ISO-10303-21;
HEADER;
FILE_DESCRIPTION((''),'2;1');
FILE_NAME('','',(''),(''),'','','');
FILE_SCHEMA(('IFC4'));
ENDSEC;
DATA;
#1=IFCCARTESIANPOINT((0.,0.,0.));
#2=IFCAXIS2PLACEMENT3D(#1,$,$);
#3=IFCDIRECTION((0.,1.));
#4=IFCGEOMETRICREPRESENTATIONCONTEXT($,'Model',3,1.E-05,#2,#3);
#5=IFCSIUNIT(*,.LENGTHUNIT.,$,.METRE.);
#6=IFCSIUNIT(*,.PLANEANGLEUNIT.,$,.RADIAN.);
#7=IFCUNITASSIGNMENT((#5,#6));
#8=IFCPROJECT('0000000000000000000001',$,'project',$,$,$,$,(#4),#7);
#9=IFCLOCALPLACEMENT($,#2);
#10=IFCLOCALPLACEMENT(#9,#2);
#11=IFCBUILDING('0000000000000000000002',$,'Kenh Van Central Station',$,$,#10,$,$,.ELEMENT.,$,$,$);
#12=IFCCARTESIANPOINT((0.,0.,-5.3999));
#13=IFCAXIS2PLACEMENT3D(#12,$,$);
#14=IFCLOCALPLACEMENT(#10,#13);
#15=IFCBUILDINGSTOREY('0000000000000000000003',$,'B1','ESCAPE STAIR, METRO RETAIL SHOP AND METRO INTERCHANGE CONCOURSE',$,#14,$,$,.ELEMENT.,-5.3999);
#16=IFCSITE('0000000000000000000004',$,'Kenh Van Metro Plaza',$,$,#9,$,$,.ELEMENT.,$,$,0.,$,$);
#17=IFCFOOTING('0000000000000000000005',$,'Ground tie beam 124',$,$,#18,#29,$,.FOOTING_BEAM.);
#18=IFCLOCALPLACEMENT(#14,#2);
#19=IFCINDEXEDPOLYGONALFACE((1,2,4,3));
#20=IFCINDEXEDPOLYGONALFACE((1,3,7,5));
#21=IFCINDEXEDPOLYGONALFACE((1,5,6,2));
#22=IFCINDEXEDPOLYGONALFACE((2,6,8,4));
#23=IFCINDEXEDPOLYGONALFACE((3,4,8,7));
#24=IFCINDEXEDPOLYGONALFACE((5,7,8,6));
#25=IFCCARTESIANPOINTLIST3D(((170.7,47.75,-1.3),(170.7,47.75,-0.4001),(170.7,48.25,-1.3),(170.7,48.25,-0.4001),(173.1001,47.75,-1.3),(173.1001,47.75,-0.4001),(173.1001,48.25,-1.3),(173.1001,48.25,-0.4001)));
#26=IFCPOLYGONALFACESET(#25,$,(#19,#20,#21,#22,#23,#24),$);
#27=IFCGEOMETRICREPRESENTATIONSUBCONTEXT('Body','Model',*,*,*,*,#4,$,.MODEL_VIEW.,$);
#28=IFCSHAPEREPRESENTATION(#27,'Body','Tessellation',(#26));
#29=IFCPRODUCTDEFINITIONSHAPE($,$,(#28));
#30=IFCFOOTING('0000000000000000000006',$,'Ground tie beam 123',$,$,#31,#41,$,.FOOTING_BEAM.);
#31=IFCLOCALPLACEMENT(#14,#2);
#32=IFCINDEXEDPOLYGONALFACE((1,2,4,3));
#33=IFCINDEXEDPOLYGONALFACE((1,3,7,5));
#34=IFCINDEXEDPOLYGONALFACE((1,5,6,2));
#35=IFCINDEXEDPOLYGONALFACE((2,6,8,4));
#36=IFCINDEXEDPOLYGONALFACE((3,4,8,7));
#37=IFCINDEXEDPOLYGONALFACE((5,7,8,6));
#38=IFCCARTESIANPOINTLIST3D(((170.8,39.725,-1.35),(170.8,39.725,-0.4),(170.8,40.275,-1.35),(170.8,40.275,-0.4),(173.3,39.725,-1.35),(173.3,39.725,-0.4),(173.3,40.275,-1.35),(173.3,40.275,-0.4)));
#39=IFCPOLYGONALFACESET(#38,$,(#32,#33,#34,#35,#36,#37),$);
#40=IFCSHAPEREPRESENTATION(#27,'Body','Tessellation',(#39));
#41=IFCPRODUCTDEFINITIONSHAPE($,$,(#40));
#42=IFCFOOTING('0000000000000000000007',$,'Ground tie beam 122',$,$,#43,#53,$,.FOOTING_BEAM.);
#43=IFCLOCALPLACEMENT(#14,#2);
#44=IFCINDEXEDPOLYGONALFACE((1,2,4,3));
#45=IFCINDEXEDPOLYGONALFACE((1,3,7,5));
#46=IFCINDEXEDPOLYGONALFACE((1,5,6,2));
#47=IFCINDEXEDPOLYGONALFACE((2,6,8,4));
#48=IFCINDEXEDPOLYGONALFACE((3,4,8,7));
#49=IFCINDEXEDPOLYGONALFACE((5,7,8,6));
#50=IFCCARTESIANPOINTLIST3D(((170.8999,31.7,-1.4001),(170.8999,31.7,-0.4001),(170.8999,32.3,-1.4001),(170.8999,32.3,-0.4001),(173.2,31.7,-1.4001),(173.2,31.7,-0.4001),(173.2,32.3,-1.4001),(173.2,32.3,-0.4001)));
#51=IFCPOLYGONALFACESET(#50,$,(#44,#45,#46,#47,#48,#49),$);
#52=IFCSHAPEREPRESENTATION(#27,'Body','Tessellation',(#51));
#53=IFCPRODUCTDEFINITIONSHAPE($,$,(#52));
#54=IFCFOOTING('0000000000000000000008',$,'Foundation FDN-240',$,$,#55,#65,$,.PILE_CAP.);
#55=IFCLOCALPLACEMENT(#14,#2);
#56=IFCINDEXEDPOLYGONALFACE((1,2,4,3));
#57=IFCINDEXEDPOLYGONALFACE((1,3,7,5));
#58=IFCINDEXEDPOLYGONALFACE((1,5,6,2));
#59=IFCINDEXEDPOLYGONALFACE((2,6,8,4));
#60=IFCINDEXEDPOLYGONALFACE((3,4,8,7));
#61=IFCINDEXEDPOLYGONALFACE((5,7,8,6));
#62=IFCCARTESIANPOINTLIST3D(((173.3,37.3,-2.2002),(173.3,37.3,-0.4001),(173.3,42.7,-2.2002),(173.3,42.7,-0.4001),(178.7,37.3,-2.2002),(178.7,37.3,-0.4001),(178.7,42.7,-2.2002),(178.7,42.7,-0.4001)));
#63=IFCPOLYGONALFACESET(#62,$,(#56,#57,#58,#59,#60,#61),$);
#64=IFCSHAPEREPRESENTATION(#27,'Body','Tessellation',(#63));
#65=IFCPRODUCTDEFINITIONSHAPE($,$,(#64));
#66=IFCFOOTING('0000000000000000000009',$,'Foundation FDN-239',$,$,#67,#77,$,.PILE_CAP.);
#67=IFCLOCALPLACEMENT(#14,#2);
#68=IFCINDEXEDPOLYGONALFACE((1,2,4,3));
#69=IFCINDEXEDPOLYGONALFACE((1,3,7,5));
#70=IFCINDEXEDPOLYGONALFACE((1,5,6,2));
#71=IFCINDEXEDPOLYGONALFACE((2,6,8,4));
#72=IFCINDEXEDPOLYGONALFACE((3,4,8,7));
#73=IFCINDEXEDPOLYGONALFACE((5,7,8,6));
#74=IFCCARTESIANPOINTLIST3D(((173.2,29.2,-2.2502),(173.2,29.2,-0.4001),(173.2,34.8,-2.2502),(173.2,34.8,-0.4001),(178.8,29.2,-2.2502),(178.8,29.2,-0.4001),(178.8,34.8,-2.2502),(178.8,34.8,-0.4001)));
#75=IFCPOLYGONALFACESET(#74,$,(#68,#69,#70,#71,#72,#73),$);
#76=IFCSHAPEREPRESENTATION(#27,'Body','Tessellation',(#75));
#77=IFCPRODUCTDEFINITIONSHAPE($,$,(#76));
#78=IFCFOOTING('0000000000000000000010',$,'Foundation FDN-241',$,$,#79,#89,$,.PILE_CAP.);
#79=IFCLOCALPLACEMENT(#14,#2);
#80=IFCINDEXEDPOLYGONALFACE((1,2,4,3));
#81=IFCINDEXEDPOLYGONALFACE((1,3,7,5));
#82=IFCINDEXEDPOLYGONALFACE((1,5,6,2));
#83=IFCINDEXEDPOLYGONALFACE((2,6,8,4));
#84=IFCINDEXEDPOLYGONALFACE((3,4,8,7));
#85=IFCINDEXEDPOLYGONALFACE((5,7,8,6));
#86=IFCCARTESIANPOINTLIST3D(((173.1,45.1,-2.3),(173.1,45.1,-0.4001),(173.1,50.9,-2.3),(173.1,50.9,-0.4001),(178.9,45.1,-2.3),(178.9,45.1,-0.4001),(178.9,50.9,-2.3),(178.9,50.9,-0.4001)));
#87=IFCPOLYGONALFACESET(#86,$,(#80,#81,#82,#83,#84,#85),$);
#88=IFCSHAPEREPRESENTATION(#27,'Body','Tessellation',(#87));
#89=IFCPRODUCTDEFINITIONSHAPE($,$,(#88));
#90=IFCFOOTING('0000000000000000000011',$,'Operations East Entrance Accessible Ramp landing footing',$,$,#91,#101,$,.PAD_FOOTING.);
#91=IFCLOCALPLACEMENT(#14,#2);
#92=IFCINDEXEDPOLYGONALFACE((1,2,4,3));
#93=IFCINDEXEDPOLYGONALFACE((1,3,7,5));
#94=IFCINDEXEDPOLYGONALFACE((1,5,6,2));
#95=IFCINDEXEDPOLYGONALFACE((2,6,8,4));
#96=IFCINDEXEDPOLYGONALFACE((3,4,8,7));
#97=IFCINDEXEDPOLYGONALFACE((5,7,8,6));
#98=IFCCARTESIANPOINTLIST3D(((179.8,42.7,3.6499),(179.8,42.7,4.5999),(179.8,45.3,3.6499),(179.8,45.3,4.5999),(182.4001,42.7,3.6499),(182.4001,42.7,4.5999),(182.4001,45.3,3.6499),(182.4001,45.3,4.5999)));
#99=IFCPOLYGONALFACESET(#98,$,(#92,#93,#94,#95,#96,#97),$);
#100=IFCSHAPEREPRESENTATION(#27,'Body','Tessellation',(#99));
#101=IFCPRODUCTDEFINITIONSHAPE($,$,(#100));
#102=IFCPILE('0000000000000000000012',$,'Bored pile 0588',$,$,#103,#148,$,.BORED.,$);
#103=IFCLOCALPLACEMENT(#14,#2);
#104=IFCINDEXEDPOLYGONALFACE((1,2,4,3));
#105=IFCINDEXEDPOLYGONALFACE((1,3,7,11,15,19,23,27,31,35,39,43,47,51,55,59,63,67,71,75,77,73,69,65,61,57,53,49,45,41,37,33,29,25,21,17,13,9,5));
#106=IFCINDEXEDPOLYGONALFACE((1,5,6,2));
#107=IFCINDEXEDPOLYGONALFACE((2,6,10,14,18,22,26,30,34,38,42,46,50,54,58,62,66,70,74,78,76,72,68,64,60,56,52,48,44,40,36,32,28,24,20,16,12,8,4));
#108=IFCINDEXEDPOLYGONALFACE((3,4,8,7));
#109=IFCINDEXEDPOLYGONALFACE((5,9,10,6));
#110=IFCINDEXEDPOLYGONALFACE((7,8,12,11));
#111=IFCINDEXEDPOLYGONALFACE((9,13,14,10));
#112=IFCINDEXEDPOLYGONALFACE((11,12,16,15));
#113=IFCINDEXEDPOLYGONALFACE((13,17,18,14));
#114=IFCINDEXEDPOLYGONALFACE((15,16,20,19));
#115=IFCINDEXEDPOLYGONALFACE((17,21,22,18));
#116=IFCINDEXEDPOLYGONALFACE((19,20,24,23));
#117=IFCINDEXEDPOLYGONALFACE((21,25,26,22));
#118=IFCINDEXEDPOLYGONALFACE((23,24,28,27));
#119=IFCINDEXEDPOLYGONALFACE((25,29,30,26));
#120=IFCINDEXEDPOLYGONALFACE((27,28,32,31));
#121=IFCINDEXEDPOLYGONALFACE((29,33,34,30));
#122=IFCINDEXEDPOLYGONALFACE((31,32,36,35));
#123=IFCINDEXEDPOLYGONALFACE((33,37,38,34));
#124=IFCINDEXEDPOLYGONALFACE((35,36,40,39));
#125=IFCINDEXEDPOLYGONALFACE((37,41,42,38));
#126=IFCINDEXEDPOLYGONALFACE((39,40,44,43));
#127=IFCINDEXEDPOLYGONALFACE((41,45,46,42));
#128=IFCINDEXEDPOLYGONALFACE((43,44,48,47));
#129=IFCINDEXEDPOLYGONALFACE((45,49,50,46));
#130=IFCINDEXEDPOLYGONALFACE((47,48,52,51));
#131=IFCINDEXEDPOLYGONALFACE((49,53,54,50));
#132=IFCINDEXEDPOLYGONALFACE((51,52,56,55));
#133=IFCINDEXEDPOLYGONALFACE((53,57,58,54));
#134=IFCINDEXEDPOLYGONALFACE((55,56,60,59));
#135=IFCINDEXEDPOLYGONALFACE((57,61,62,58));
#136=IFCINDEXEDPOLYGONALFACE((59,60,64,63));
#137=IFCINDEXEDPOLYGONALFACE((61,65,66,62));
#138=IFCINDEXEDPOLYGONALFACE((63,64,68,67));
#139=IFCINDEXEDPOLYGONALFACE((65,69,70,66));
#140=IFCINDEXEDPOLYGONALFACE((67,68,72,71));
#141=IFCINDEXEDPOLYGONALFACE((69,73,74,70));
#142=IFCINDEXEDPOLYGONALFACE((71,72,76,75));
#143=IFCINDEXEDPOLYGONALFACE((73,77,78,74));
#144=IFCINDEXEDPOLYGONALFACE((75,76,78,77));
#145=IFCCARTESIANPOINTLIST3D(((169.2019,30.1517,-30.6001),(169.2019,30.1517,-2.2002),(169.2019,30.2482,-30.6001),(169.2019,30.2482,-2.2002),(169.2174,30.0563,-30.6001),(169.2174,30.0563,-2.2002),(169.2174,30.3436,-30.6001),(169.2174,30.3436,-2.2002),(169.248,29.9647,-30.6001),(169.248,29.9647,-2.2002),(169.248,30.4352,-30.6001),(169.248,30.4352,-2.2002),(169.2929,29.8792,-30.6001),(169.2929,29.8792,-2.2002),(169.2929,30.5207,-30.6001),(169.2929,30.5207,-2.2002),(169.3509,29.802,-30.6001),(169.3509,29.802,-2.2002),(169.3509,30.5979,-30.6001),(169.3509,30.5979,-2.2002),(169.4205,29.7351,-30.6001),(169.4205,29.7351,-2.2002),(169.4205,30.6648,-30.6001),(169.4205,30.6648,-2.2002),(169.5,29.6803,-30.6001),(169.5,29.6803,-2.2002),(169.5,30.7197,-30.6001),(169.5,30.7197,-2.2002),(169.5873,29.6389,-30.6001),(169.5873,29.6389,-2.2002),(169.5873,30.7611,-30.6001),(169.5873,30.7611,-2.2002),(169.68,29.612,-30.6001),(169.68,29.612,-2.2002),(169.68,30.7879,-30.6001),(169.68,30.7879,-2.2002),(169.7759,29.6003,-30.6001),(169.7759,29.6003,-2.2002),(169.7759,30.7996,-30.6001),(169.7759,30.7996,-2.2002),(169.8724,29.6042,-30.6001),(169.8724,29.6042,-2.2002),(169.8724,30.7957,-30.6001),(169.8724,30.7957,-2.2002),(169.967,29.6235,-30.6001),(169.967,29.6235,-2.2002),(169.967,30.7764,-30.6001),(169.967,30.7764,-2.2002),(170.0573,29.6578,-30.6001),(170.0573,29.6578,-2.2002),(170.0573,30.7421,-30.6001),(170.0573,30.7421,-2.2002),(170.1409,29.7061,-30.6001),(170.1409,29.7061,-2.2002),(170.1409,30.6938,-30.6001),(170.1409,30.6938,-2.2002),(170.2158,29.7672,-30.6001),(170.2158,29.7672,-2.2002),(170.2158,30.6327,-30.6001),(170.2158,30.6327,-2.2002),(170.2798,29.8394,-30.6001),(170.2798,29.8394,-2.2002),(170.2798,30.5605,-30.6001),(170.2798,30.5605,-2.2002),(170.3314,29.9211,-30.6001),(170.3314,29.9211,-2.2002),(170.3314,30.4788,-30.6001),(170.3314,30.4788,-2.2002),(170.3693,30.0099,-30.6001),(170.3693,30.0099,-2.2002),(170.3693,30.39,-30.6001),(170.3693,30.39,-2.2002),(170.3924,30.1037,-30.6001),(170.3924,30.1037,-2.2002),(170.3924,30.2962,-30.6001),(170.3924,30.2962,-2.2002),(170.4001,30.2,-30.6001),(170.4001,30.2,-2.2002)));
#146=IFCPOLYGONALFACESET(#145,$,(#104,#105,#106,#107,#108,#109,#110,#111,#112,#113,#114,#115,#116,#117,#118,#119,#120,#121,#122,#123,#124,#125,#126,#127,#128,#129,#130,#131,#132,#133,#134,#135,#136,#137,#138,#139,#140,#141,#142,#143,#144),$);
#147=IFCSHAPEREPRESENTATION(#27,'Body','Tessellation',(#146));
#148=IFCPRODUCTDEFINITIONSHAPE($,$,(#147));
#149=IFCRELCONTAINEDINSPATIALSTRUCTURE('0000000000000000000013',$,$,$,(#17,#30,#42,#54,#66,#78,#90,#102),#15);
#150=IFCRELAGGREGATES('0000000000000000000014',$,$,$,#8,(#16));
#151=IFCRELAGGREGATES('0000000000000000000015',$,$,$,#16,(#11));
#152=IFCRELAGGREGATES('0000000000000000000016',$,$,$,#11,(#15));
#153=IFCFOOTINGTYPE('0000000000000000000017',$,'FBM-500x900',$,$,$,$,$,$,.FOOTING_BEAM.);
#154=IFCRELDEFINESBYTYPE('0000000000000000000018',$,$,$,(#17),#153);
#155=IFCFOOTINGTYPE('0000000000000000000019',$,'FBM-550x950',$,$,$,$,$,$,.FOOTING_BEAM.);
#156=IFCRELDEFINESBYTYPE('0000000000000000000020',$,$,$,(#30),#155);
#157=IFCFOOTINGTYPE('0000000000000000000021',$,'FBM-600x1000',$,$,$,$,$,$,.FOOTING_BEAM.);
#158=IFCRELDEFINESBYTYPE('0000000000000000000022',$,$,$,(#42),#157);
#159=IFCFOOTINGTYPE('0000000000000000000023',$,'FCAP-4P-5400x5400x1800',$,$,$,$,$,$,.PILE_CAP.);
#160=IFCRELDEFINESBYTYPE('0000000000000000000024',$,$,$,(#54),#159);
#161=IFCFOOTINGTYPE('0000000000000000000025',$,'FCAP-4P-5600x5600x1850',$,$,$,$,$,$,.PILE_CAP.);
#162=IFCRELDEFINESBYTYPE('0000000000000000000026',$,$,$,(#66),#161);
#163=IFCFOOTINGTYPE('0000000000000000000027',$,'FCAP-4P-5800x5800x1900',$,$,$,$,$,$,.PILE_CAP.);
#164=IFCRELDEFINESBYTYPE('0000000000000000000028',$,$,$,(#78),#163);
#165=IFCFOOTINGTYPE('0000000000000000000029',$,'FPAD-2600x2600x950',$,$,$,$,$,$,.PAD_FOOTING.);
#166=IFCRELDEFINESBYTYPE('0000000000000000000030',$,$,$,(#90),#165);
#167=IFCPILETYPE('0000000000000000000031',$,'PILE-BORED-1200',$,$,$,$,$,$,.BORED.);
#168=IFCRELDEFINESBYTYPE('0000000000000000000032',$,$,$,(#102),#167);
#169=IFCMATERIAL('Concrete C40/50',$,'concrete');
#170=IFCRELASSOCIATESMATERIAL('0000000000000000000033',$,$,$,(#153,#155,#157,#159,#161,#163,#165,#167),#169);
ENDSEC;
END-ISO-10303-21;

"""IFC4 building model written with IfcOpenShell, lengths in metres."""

from ifc_helpers import new_model, si_unit, direction, frame, origin, origin_2d, place, context, subcontext, project, spatial, rectangle, circle, extrude, material, material_profile, profile_set, type_object, element, save


model = new_model("IFC4")

# Units and contexts
model_context = context("Model", 3, precision=1e-05, world=origin(), true_north=direction((0.0, 1.0)))
body_context = subcontext(model_context, "Body", "Model", "MODEL_VIEW")
ifc_project = project(units=[si_unit("LENGTHUNIT", "METRE"), si_unit("PLANEANGLEUNIT", "RADIAN")], contexts=[model_context])

# Site, building, storey
site_placement = place(None, origin())
site = spatial("IfcSite", under=ifc_project, at=site_placement, Name="Kenh Van Metro Plaza", CompositionType="ELEMENT", RefElevation=0.0)
building_placement = place(site_placement, origin())
building = spatial("IfcBuilding", under=site, at=building_placement, Name="Kenh Van Central Station", CompositionType="ELEMENT")
storey_placement = place(building_placement, frame((0.0, 0.0, -5.3999)))
storey = spatial("IfcBuildingStorey", under=building, at=storey_placement, Name="B1", Description="ESCAPE STAIR, METRO RETAIL SHOP AND METRO INTERCHANGE CONCOURSE", CompositionType="ELEMENT", Elevation=-5.3999)

# Footings
ifc_material_1 = material(Name="Concrete C40/50", Category="concrete")
ifc_material_profile_1 = material_profile(ifc_material_1, rectangle(XDim=0.5, YDim=0.8999, at=origin_2d()), Name="RC 500x900")
ifc_profile_set_1 = profile_set([ifc_material_profile_1], Name="Concrete C40/50")
footing_type_1 = type_object("IfcFootingType", Name="FBM-500x900", PredefinedType="FOOTING_BEAM", material=ifc_profile_set_1)
footing_1_placement = place(storey_placement, frame((170.7, 48.0, -0.8501), z_axis=(1.0, 0.0, 0.0), x_axis=(0.0, 1.0, 0.0)))
element("IfcFooting", 1, at=footing_1_placement, inside=storey, type_object=footing_type_1, Name="Ground tie beam 124", PredefinedType="FOOTING_BEAM", context=body_context, shape_type="SweptSolid", body=[
    extrude(rectangle(XDim=0.5, YDim=0.8999, at=origin_2d()), origin(), (0.0, 0.0, 1.0), 2.4001),
])
ifc_material_profile_2 = material_profile(ifc_material_1, rectangle(XDim=0.55, YDim=0.95, at=origin_2d()), Name="RC 550x950")
ifc_profile_set_2 = profile_set([ifc_material_profile_2], Name="Concrete C40/50")
footing_type_2 = type_object("IfcFootingType", Name="FBM-550x950", PredefinedType="FOOTING_BEAM", material=ifc_profile_set_2)
footing_2_placement = place(storey_placement, frame((170.8, 40.0, -0.875), z_axis=(1.0, 0.0, 0.0), x_axis=(0.0, 1.0, 0.0)))
element("IfcFooting", 2, at=footing_2_placement, inside=storey, type_object=footing_type_2, Name="Ground tie beam 123", PredefinedType="FOOTING_BEAM", context=body_context, shape_type="SweptSolid", body=[
    extrude(rectangle(XDim=0.55, YDim=0.95, at=origin_2d()), origin(), (0.0, 0.0, 1.0), 2.5),
])
ifc_material_profile_3 = material_profile(ifc_material_1, rectangle(XDim=0.6001, YDim=1.0, at=origin_2d()), Name="RC 600x1000")
ifc_profile_set_3 = profile_set([ifc_material_profile_3], Name="Concrete C40/50")
footing_type_3 = type_object("IfcFootingType", Name="FBM-600x1000", PredefinedType="FOOTING_BEAM", material=ifc_profile_set_3)
footing_3_placement = place(storey_placement, frame((170.8999, 32.0, -0.9001), z_axis=(1.0, 0.0, 0.0), x_axis=(0.0, 1.0, 0.0)))
element("IfcFooting", 3, at=footing_3_placement, inside=storey, type_object=footing_type_3, Name="Ground tie beam 122", PredefinedType="FOOTING_BEAM", context=body_context, shape_type="SweptSolid", body=[
    extrude(rectangle(XDim=0.6001, YDim=1.0, at=origin_2d()), origin(), (0.0, 0.0, 1.0), 2.3),
])
footing_type_4 = type_object("IfcFootingType", Name="FCAP-4P-5400x5400x1800", PredefinedType="PILE_CAP", material=ifc_material_1)
footing_4_placement = place(storey_placement, frame((176.0, 40.0, -2.2002), z_axis=(0.0, 0.0, 1.0), x_axis=(1.0, 0.0, 0.0)))
element("IfcFooting", 4, at=footing_4_placement, inside=storey, type_object=footing_type_4, Name="Foundation FDN-240", PredefinedType="PILE_CAP", context=body_context, shape_type="SweptSolid", body=[
    extrude(rectangle(XDim=5.3999, YDim=5.3999, at=origin_2d()), origin(), (0.0, 0.0, 1.0), 1.8),
])
footing_type_5 = type_object("IfcFootingType", Name="FCAP-4P-5600x5600x1850", PredefinedType="PILE_CAP", material=ifc_material_1)
footing_5_placement = place(storey_placement, frame((176.0, 32.0, -2.2502), z_axis=(0.0, 0.0, 1.0), x_axis=(1.0, 0.0, 0.0)))
element("IfcFooting", 5, at=footing_5_placement, inside=storey, type_object=footing_type_5, Name="Foundation FDN-239", PredefinedType="PILE_CAP", context=body_context, shape_type="SweptSolid", body=[
    extrude(rectangle(XDim=5.6001, YDim=5.6001, at=origin_2d()), origin(), (0.0, 0.0, 1.0), 1.8501),
])
footing_type_6 = type_object("IfcFootingType", Name="FCAP-4P-5800x5800x1900", PredefinedType="PILE_CAP", material=ifc_material_1)
footing_6_placement = place(storey_placement, frame((176.0, 48.0, -2.3), z_axis=(0.0, 0.0, 1.0), x_axis=(1.0, 0.0, 0.0)))
element("IfcFooting", 6, at=footing_6_placement, inside=storey, type_object=footing_type_6, Name="Foundation FDN-241", PredefinedType="PILE_CAP", context=body_context, shape_type="SweptSolid", body=[
    extrude(rectangle(XDim=5.8, YDim=5.8, at=origin_2d()), origin(), (0.0, 0.0, 1.0), 1.8999),
])
footing_type_7 = type_object("IfcFootingType", Name="FPAD-2600x2600x950", PredefinedType="PAD_FOOTING", material=ifc_material_1)
footing_7_placement = place(storey_placement, frame((181.1001, 44.0, 3.6499), z_axis=(0.0, 0.0, 1.0), x_axis=(-1.0, 0.0, 0.0)))
element("IfcFooting", 7, at=footing_7_placement, inside=storey, type_object=footing_type_7, Name="Operations East Entrance Accessible Ramp landing footing", PredefinedType="PAD_FOOTING", context=body_context, shape_type="SweptSolid", body=[
    extrude(rectangle(XDim=2.6001, YDim=2.6001, at=origin_2d()), origin(), (0.0, 0.0, 1.0), 0.95),
])

# Pile
ifc_material_profile_4 = material_profile(ifc_material_1, circle(Radius=0.6001, at=origin_2d()), Name="PILE D1200")
ifc_profile_set_4 = profile_set([ifc_material_profile_4], Name="Concrete C40/50")
pile_type = type_object("IfcPileType", Name="PILE-BORED-1200", PredefinedType="BORED", material=ifc_profile_set_4)
for number, where, z_axis, x_axis, name in (
    (8, (169.8, 30.2, -2.2002), (0.0, 0.0, -1.0), (1.0, 0.0, 0.0), "Bored pile 0588"),
):
    element("IfcPile", number, at=place(storey_placement, frame(where, z_axis=z_axis, x_axis=x_axis)), inside=storey, type_object=pile_type, Name=name, PredefinedType="BORED", context=body_context, shape_type="SweptSolid", body=[
        extrude(circle(Radius=0.6001, at=origin_2d()), origin(), (0.0, 0.0, 1.0), 28.3999),
    ])

save(model, "model.ifc")
